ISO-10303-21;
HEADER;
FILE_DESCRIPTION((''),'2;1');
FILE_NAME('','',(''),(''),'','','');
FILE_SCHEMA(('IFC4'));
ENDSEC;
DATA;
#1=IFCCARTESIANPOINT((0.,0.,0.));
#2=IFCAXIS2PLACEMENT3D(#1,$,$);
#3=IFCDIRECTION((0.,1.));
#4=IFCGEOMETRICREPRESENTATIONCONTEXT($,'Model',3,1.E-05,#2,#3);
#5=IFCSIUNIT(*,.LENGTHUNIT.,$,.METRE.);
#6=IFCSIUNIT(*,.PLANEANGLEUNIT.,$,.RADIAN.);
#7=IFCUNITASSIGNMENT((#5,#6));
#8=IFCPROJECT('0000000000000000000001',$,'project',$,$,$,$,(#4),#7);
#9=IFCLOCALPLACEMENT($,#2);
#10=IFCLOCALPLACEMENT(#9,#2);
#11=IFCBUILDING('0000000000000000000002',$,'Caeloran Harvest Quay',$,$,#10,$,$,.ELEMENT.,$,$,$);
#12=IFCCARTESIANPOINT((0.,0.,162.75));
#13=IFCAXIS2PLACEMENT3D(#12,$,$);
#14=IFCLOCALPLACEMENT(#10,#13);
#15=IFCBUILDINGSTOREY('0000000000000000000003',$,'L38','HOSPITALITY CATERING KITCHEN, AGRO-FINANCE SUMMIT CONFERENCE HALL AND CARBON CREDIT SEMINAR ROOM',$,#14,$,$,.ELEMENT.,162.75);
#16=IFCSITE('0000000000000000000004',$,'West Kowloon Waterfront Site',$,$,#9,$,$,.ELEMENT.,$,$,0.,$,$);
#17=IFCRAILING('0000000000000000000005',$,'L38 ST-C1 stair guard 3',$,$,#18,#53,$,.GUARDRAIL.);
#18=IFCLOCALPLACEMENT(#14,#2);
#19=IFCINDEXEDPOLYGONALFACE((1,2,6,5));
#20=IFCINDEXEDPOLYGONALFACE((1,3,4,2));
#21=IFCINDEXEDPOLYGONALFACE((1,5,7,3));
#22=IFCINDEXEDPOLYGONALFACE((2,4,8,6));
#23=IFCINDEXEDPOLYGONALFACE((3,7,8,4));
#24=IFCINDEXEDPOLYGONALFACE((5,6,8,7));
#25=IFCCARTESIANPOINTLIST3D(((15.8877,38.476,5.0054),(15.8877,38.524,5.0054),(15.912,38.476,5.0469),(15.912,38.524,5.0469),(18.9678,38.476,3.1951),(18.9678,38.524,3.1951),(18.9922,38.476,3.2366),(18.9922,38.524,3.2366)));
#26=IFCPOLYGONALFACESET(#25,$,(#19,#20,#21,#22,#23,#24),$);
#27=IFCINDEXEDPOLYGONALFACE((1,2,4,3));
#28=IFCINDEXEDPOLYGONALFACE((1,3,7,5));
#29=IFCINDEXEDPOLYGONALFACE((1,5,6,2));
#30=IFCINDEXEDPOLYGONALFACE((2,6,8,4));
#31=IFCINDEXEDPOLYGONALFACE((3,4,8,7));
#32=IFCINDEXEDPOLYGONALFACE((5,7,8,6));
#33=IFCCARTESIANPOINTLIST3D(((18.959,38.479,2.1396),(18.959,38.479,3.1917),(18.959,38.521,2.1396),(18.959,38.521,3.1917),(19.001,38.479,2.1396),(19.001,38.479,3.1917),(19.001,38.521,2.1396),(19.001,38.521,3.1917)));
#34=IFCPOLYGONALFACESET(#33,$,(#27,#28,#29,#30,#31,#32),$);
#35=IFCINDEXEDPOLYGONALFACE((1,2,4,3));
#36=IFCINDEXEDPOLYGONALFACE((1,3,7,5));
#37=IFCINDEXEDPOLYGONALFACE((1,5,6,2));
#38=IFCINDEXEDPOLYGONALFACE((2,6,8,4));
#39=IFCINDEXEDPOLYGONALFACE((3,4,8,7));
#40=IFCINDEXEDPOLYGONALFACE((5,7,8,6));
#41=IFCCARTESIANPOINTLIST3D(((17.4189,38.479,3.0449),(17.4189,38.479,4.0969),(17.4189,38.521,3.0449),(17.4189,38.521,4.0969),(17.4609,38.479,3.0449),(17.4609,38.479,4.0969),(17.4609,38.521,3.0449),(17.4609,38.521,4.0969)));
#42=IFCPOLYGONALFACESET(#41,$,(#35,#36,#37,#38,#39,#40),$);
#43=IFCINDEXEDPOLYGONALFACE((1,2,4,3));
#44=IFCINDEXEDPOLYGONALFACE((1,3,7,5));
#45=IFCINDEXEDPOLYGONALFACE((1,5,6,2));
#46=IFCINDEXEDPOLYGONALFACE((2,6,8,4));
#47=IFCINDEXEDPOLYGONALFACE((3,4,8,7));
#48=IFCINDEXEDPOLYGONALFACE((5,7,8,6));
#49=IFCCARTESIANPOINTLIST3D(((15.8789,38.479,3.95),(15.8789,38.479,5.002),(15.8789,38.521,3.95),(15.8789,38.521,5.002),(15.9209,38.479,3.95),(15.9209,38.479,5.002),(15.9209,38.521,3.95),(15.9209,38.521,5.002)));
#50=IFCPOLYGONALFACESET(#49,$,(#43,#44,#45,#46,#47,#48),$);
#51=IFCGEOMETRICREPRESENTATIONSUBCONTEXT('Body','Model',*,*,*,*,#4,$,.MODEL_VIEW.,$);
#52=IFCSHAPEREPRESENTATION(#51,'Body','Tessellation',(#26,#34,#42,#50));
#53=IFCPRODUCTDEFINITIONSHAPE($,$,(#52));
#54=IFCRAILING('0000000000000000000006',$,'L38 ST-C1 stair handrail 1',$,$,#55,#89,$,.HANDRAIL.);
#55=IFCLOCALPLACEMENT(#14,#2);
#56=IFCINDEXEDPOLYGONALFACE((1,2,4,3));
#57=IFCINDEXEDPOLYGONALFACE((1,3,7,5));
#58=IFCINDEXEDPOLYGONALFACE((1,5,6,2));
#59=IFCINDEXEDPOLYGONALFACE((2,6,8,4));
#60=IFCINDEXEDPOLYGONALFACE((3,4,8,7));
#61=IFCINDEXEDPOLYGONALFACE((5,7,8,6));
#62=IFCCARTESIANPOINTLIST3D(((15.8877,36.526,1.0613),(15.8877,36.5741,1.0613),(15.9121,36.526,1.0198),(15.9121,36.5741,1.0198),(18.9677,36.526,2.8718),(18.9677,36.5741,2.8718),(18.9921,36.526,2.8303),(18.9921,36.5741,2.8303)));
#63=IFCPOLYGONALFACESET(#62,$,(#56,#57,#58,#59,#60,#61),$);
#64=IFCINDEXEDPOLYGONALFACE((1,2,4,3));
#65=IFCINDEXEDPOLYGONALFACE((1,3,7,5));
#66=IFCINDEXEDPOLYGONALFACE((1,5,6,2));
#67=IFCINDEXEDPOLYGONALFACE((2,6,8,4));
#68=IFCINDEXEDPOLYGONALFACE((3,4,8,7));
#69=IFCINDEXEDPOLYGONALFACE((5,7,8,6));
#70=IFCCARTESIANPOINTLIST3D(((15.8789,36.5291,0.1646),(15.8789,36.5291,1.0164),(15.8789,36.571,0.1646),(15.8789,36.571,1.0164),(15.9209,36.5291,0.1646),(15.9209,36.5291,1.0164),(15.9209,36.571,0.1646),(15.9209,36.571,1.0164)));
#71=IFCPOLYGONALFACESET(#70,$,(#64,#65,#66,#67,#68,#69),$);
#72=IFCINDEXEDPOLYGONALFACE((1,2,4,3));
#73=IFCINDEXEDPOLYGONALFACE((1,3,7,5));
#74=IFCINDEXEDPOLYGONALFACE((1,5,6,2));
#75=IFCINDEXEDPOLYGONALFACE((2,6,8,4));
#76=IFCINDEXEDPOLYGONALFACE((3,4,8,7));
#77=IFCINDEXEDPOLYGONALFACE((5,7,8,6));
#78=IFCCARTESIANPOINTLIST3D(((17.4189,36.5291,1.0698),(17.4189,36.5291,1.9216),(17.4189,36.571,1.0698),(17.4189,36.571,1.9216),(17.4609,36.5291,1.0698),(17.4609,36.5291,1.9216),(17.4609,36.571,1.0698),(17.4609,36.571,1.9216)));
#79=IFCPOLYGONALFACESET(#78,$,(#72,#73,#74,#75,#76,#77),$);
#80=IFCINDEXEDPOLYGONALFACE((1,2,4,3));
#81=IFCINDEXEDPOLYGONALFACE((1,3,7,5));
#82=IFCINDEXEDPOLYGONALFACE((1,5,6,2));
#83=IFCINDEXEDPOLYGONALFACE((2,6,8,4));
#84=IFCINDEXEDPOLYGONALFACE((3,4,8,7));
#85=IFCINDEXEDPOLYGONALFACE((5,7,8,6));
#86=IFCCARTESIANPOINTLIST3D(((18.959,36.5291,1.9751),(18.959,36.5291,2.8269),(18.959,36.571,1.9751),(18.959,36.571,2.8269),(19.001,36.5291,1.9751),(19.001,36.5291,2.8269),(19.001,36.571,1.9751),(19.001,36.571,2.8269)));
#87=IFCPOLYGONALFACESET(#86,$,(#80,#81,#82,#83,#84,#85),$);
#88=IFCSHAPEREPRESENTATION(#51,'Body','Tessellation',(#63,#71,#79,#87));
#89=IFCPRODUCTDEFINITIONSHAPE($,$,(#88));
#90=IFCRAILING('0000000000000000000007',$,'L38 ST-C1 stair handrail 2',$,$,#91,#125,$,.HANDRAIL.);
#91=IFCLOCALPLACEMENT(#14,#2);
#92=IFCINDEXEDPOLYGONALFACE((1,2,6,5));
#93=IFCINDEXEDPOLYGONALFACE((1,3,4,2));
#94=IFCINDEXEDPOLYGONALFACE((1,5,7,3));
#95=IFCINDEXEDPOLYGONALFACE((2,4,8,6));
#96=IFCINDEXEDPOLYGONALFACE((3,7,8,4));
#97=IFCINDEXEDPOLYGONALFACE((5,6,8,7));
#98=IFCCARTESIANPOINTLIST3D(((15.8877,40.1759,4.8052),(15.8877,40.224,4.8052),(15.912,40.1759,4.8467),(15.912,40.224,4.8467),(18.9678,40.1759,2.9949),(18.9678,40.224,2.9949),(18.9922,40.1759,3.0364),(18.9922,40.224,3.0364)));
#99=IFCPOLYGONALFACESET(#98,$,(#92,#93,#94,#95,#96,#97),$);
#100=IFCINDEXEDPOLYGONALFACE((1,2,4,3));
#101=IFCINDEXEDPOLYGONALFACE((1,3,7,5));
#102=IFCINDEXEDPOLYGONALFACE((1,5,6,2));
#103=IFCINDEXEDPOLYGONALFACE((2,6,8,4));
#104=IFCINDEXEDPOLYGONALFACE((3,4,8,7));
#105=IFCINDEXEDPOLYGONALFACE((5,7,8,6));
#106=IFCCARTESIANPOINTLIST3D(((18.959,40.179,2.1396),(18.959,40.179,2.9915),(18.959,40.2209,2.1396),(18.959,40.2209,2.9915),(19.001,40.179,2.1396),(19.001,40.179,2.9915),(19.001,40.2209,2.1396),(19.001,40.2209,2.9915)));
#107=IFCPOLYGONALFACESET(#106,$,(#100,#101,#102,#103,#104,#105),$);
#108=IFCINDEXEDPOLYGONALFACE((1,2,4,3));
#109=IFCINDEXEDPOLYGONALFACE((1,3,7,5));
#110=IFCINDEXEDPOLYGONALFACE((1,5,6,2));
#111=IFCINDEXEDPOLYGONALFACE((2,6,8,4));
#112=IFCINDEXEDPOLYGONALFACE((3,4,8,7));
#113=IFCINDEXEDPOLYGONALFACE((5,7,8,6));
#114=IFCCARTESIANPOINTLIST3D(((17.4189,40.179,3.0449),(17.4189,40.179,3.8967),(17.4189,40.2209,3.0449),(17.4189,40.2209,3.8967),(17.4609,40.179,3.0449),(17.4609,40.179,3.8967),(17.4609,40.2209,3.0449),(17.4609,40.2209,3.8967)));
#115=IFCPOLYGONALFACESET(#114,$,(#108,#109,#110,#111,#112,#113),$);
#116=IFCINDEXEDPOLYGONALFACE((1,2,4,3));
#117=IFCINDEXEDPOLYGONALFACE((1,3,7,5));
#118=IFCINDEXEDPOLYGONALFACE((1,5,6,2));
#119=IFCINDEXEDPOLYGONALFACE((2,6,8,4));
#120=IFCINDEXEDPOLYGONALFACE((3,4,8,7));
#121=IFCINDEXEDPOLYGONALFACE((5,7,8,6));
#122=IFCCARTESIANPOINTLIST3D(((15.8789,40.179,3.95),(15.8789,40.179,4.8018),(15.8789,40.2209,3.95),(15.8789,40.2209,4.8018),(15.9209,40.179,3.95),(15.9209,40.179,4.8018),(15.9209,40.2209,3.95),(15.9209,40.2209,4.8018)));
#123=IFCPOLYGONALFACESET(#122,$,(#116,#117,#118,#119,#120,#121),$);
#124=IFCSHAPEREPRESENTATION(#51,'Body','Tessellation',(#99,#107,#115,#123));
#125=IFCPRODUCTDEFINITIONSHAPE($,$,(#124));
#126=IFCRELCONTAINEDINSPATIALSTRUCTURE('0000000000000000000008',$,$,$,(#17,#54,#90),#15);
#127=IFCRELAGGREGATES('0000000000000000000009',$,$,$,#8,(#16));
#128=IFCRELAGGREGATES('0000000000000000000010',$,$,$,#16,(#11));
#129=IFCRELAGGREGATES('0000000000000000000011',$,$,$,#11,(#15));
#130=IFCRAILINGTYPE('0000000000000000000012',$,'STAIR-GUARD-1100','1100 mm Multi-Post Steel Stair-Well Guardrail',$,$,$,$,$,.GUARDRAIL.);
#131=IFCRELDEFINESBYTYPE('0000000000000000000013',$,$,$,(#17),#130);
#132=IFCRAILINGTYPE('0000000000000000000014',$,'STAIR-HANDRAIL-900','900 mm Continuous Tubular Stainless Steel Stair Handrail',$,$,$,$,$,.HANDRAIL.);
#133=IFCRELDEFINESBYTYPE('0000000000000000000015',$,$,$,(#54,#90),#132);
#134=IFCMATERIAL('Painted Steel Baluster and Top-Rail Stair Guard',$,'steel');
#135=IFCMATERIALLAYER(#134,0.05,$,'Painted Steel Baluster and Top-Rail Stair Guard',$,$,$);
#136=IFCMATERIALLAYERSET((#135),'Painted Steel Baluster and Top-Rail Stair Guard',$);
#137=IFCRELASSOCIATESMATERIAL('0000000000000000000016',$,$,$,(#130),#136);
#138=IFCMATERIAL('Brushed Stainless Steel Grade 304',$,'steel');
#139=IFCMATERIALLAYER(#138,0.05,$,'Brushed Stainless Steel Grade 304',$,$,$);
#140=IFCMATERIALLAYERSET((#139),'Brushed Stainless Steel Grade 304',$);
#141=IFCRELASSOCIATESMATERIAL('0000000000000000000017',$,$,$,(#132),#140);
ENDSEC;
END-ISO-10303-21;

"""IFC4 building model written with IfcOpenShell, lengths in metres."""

from ifc_helpers import new_model, si_unit, direction, frame, origin, origin_2d, place, context, subcontext, project, spatial, rectangle, extrude, material, layer, layer_set, type_object, element, save


model = new_model("IFC4")

# Units and contexts
model_context = context("Model", 3, precision=1e-05, world=origin(), true_north=direction((0.0, 1.0)))
body_context = subcontext(model_context, "Body", "Model", "MODEL_VIEW")
ifc_project = project(units=[si_unit("LENGTHUNIT", "METRE"), si_unit("PLANEANGLEUNIT", "RADIAN")], contexts=[model_context])

# Site, building, storey
site_placement = place(None, origin())
site = spatial("IfcSite", under=ifc_project, at=site_placement, Name="West Kowloon Waterfront Site", CompositionType="ELEMENT", RefElevation=0.0)
building_placement = place(site_placement, origin())
building = spatial("IfcBuilding", under=site, at=building_placement, Name="Caeloran Harvest Quay", CompositionType="ELEMENT")
storey_placement = place(building_placement, frame((0.0, 0.0, 162.75)))
storey = spatial("IfcBuildingStorey", under=building, at=storey_placement, Name="L38", Description="HOSPITALITY CATERING KITCHEN, AGRO-FINANCE SUMMIT CONFERENCE HALL AND CARBON CREDIT SEMINAR ROOM", CompositionType="ELEMENT", Elevation=162.75)

# Railings
ifc_material_1 = material(Name="Painted Steel Baluster and Top-Rail Stair Guard", Category="steel")
ifc_layer_1 = layer(ifc_material_1, 0.05, Name="Painted Steel Baluster and Top-Rail Stair Guard")
ifc_layer_set_1 = layer_set([ifc_layer_1], Name="Painted Steel Baluster and Top-Rail Stair Guard")
railing_type_1 = type_object("IfcRailingType", Name="STAIR-GUARD-1100", Description="1100 mm Multi-Post Steel Stair-Well Guardrail", PredefinedType="GUARDRAIL", material=ifc_layer_set_1)
railing_1_placement = place(storey_placement, frame((18.98, 38.5, 2.1396)))
element("IfcRailing", 1, at=railing_1_placement, inside=storey, type_object=railing_type_1, Name="L38 ST-C1 stair guard 3", PredefinedType="GUARDRAIL", context=body_context, shape_type="SweptSolid", body=[
    extrude(rectangle(XDim=0.0481, YDim=0.0481, at=origin_2d()), frame((0.0, 0.0, 1.0762), z_axis=(-0.862119, 0.0, 0.506707), x_axis=(0.0, -1.0, 0.0)), (0.0, 0.0, 1.0), 3.5728),
    extrude(rectangle(XDim=0.042, YDim=0.042, at=origin_2d()), origin(), (0.0, 0.0, 1.0), 1.052),
    extrude(rectangle(XDim=0.042, YDim=0.042, at=origin_2d()), frame((-1.54, 0.0, 0.9053)), (0.0, 0.0, 1.0), 1.052),
    extrude(rectangle(XDim=0.042, YDim=0.042, at=origin_2d()), frame((-3.0801, 0.0, 1.8103)), (0.0, 0.0, 1.0), 1.052),
])
ifc_material_2 = material(Name="Brushed Stainless Steel Grade 304", Category="steel")
ifc_layer_2 = layer(ifc_material_2, 0.05, Name="Brushed Stainless Steel Grade 304")
ifc_layer_set_2 = layer_set([ifc_layer_2], Name="Brushed Stainless Steel Grade 304")
railing_type_2 = type_object("IfcRailingType", Name="STAIR-HANDRAIL-900", Description="900 mm Continuous Tubular Stainless Steel Stair Handrail", PredefinedType="HANDRAIL", material=ifc_layer_set_2)
railing_2_placement = place(storey_placement, frame((15.8999, 36.55, 0.1646)))
element("IfcRailing", 2, at=railing_2_placement, inside=storey, type_object=railing_type_2, Name="L38 ST-C1 stair handrail 1", PredefinedType="HANDRAIL", context=body_context, shape_type="SweptSolid", body=[
    extrude(rectangle(XDim=0.0481, YDim=0.0481, at=origin_2d()), frame((0.0, 0.0, 0.876), z_axis=(0.862089, 0.0, 0.506757), x_axis=(0.0, 1.0, 0.0)), (0.0, 0.0, 1.0), 3.5728),
    extrude(rectangle(XDim=0.042, YDim=0.042, at=origin_2d()), origin(), (0.0, 0.0, 1.0), 0.8518),
    extrude(rectangle(XDim=0.042, YDim=0.042, at=origin_2d()), frame((1.54, 0.0, 0.9053)), (0.0, 0.0, 1.0), 0.8518),
    extrude(rectangle(XDim=0.042, YDim=0.042, at=origin_2d()), frame((3.0801, 0.0, 1.8105)), (0.0, 0.0, 1.0), 0.8518),
])
railing_3_placement = place(storey_placement, frame((18.98, 40.2, 2.1396)))
element("IfcRailing", 3, at=railing_3_placement, inside=storey, type_object=railing_type_2, Name="L38 ST-C1 stair handrail 2", PredefinedType="HANDRAIL", context=body_context, shape_type="SweptSolid", body=[
    extrude(rectangle(XDim=0.0481, YDim=0.0481, at=origin_2d()), frame((0.0, 0.0, 0.876), z_axis=(-0.862119, 0.0, 0.506707), x_axis=(0.0, -1.0, 0.0)), (0.0, 0.0, 1.0), 3.5728),
    extrude(rectangle(XDim=0.042, YDim=0.042, at=origin_2d()), origin(), (0.0, 0.0, 1.0), 0.8518),
    extrude(rectangle(XDim=0.042, YDim=0.042, at=origin_2d()), frame((-1.54, 0.0, 0.9053)), (0.0, 0.0, 1.0), 0.8518),
    extrude(rectangle(XDim=0.042, YDim=0.042, at=origin_2d()), frame((-3.0801, 0.0, 1.8103)), (0.0, 0.0, 1.0), 0.8518),
])

save(model, "model.ifc")
